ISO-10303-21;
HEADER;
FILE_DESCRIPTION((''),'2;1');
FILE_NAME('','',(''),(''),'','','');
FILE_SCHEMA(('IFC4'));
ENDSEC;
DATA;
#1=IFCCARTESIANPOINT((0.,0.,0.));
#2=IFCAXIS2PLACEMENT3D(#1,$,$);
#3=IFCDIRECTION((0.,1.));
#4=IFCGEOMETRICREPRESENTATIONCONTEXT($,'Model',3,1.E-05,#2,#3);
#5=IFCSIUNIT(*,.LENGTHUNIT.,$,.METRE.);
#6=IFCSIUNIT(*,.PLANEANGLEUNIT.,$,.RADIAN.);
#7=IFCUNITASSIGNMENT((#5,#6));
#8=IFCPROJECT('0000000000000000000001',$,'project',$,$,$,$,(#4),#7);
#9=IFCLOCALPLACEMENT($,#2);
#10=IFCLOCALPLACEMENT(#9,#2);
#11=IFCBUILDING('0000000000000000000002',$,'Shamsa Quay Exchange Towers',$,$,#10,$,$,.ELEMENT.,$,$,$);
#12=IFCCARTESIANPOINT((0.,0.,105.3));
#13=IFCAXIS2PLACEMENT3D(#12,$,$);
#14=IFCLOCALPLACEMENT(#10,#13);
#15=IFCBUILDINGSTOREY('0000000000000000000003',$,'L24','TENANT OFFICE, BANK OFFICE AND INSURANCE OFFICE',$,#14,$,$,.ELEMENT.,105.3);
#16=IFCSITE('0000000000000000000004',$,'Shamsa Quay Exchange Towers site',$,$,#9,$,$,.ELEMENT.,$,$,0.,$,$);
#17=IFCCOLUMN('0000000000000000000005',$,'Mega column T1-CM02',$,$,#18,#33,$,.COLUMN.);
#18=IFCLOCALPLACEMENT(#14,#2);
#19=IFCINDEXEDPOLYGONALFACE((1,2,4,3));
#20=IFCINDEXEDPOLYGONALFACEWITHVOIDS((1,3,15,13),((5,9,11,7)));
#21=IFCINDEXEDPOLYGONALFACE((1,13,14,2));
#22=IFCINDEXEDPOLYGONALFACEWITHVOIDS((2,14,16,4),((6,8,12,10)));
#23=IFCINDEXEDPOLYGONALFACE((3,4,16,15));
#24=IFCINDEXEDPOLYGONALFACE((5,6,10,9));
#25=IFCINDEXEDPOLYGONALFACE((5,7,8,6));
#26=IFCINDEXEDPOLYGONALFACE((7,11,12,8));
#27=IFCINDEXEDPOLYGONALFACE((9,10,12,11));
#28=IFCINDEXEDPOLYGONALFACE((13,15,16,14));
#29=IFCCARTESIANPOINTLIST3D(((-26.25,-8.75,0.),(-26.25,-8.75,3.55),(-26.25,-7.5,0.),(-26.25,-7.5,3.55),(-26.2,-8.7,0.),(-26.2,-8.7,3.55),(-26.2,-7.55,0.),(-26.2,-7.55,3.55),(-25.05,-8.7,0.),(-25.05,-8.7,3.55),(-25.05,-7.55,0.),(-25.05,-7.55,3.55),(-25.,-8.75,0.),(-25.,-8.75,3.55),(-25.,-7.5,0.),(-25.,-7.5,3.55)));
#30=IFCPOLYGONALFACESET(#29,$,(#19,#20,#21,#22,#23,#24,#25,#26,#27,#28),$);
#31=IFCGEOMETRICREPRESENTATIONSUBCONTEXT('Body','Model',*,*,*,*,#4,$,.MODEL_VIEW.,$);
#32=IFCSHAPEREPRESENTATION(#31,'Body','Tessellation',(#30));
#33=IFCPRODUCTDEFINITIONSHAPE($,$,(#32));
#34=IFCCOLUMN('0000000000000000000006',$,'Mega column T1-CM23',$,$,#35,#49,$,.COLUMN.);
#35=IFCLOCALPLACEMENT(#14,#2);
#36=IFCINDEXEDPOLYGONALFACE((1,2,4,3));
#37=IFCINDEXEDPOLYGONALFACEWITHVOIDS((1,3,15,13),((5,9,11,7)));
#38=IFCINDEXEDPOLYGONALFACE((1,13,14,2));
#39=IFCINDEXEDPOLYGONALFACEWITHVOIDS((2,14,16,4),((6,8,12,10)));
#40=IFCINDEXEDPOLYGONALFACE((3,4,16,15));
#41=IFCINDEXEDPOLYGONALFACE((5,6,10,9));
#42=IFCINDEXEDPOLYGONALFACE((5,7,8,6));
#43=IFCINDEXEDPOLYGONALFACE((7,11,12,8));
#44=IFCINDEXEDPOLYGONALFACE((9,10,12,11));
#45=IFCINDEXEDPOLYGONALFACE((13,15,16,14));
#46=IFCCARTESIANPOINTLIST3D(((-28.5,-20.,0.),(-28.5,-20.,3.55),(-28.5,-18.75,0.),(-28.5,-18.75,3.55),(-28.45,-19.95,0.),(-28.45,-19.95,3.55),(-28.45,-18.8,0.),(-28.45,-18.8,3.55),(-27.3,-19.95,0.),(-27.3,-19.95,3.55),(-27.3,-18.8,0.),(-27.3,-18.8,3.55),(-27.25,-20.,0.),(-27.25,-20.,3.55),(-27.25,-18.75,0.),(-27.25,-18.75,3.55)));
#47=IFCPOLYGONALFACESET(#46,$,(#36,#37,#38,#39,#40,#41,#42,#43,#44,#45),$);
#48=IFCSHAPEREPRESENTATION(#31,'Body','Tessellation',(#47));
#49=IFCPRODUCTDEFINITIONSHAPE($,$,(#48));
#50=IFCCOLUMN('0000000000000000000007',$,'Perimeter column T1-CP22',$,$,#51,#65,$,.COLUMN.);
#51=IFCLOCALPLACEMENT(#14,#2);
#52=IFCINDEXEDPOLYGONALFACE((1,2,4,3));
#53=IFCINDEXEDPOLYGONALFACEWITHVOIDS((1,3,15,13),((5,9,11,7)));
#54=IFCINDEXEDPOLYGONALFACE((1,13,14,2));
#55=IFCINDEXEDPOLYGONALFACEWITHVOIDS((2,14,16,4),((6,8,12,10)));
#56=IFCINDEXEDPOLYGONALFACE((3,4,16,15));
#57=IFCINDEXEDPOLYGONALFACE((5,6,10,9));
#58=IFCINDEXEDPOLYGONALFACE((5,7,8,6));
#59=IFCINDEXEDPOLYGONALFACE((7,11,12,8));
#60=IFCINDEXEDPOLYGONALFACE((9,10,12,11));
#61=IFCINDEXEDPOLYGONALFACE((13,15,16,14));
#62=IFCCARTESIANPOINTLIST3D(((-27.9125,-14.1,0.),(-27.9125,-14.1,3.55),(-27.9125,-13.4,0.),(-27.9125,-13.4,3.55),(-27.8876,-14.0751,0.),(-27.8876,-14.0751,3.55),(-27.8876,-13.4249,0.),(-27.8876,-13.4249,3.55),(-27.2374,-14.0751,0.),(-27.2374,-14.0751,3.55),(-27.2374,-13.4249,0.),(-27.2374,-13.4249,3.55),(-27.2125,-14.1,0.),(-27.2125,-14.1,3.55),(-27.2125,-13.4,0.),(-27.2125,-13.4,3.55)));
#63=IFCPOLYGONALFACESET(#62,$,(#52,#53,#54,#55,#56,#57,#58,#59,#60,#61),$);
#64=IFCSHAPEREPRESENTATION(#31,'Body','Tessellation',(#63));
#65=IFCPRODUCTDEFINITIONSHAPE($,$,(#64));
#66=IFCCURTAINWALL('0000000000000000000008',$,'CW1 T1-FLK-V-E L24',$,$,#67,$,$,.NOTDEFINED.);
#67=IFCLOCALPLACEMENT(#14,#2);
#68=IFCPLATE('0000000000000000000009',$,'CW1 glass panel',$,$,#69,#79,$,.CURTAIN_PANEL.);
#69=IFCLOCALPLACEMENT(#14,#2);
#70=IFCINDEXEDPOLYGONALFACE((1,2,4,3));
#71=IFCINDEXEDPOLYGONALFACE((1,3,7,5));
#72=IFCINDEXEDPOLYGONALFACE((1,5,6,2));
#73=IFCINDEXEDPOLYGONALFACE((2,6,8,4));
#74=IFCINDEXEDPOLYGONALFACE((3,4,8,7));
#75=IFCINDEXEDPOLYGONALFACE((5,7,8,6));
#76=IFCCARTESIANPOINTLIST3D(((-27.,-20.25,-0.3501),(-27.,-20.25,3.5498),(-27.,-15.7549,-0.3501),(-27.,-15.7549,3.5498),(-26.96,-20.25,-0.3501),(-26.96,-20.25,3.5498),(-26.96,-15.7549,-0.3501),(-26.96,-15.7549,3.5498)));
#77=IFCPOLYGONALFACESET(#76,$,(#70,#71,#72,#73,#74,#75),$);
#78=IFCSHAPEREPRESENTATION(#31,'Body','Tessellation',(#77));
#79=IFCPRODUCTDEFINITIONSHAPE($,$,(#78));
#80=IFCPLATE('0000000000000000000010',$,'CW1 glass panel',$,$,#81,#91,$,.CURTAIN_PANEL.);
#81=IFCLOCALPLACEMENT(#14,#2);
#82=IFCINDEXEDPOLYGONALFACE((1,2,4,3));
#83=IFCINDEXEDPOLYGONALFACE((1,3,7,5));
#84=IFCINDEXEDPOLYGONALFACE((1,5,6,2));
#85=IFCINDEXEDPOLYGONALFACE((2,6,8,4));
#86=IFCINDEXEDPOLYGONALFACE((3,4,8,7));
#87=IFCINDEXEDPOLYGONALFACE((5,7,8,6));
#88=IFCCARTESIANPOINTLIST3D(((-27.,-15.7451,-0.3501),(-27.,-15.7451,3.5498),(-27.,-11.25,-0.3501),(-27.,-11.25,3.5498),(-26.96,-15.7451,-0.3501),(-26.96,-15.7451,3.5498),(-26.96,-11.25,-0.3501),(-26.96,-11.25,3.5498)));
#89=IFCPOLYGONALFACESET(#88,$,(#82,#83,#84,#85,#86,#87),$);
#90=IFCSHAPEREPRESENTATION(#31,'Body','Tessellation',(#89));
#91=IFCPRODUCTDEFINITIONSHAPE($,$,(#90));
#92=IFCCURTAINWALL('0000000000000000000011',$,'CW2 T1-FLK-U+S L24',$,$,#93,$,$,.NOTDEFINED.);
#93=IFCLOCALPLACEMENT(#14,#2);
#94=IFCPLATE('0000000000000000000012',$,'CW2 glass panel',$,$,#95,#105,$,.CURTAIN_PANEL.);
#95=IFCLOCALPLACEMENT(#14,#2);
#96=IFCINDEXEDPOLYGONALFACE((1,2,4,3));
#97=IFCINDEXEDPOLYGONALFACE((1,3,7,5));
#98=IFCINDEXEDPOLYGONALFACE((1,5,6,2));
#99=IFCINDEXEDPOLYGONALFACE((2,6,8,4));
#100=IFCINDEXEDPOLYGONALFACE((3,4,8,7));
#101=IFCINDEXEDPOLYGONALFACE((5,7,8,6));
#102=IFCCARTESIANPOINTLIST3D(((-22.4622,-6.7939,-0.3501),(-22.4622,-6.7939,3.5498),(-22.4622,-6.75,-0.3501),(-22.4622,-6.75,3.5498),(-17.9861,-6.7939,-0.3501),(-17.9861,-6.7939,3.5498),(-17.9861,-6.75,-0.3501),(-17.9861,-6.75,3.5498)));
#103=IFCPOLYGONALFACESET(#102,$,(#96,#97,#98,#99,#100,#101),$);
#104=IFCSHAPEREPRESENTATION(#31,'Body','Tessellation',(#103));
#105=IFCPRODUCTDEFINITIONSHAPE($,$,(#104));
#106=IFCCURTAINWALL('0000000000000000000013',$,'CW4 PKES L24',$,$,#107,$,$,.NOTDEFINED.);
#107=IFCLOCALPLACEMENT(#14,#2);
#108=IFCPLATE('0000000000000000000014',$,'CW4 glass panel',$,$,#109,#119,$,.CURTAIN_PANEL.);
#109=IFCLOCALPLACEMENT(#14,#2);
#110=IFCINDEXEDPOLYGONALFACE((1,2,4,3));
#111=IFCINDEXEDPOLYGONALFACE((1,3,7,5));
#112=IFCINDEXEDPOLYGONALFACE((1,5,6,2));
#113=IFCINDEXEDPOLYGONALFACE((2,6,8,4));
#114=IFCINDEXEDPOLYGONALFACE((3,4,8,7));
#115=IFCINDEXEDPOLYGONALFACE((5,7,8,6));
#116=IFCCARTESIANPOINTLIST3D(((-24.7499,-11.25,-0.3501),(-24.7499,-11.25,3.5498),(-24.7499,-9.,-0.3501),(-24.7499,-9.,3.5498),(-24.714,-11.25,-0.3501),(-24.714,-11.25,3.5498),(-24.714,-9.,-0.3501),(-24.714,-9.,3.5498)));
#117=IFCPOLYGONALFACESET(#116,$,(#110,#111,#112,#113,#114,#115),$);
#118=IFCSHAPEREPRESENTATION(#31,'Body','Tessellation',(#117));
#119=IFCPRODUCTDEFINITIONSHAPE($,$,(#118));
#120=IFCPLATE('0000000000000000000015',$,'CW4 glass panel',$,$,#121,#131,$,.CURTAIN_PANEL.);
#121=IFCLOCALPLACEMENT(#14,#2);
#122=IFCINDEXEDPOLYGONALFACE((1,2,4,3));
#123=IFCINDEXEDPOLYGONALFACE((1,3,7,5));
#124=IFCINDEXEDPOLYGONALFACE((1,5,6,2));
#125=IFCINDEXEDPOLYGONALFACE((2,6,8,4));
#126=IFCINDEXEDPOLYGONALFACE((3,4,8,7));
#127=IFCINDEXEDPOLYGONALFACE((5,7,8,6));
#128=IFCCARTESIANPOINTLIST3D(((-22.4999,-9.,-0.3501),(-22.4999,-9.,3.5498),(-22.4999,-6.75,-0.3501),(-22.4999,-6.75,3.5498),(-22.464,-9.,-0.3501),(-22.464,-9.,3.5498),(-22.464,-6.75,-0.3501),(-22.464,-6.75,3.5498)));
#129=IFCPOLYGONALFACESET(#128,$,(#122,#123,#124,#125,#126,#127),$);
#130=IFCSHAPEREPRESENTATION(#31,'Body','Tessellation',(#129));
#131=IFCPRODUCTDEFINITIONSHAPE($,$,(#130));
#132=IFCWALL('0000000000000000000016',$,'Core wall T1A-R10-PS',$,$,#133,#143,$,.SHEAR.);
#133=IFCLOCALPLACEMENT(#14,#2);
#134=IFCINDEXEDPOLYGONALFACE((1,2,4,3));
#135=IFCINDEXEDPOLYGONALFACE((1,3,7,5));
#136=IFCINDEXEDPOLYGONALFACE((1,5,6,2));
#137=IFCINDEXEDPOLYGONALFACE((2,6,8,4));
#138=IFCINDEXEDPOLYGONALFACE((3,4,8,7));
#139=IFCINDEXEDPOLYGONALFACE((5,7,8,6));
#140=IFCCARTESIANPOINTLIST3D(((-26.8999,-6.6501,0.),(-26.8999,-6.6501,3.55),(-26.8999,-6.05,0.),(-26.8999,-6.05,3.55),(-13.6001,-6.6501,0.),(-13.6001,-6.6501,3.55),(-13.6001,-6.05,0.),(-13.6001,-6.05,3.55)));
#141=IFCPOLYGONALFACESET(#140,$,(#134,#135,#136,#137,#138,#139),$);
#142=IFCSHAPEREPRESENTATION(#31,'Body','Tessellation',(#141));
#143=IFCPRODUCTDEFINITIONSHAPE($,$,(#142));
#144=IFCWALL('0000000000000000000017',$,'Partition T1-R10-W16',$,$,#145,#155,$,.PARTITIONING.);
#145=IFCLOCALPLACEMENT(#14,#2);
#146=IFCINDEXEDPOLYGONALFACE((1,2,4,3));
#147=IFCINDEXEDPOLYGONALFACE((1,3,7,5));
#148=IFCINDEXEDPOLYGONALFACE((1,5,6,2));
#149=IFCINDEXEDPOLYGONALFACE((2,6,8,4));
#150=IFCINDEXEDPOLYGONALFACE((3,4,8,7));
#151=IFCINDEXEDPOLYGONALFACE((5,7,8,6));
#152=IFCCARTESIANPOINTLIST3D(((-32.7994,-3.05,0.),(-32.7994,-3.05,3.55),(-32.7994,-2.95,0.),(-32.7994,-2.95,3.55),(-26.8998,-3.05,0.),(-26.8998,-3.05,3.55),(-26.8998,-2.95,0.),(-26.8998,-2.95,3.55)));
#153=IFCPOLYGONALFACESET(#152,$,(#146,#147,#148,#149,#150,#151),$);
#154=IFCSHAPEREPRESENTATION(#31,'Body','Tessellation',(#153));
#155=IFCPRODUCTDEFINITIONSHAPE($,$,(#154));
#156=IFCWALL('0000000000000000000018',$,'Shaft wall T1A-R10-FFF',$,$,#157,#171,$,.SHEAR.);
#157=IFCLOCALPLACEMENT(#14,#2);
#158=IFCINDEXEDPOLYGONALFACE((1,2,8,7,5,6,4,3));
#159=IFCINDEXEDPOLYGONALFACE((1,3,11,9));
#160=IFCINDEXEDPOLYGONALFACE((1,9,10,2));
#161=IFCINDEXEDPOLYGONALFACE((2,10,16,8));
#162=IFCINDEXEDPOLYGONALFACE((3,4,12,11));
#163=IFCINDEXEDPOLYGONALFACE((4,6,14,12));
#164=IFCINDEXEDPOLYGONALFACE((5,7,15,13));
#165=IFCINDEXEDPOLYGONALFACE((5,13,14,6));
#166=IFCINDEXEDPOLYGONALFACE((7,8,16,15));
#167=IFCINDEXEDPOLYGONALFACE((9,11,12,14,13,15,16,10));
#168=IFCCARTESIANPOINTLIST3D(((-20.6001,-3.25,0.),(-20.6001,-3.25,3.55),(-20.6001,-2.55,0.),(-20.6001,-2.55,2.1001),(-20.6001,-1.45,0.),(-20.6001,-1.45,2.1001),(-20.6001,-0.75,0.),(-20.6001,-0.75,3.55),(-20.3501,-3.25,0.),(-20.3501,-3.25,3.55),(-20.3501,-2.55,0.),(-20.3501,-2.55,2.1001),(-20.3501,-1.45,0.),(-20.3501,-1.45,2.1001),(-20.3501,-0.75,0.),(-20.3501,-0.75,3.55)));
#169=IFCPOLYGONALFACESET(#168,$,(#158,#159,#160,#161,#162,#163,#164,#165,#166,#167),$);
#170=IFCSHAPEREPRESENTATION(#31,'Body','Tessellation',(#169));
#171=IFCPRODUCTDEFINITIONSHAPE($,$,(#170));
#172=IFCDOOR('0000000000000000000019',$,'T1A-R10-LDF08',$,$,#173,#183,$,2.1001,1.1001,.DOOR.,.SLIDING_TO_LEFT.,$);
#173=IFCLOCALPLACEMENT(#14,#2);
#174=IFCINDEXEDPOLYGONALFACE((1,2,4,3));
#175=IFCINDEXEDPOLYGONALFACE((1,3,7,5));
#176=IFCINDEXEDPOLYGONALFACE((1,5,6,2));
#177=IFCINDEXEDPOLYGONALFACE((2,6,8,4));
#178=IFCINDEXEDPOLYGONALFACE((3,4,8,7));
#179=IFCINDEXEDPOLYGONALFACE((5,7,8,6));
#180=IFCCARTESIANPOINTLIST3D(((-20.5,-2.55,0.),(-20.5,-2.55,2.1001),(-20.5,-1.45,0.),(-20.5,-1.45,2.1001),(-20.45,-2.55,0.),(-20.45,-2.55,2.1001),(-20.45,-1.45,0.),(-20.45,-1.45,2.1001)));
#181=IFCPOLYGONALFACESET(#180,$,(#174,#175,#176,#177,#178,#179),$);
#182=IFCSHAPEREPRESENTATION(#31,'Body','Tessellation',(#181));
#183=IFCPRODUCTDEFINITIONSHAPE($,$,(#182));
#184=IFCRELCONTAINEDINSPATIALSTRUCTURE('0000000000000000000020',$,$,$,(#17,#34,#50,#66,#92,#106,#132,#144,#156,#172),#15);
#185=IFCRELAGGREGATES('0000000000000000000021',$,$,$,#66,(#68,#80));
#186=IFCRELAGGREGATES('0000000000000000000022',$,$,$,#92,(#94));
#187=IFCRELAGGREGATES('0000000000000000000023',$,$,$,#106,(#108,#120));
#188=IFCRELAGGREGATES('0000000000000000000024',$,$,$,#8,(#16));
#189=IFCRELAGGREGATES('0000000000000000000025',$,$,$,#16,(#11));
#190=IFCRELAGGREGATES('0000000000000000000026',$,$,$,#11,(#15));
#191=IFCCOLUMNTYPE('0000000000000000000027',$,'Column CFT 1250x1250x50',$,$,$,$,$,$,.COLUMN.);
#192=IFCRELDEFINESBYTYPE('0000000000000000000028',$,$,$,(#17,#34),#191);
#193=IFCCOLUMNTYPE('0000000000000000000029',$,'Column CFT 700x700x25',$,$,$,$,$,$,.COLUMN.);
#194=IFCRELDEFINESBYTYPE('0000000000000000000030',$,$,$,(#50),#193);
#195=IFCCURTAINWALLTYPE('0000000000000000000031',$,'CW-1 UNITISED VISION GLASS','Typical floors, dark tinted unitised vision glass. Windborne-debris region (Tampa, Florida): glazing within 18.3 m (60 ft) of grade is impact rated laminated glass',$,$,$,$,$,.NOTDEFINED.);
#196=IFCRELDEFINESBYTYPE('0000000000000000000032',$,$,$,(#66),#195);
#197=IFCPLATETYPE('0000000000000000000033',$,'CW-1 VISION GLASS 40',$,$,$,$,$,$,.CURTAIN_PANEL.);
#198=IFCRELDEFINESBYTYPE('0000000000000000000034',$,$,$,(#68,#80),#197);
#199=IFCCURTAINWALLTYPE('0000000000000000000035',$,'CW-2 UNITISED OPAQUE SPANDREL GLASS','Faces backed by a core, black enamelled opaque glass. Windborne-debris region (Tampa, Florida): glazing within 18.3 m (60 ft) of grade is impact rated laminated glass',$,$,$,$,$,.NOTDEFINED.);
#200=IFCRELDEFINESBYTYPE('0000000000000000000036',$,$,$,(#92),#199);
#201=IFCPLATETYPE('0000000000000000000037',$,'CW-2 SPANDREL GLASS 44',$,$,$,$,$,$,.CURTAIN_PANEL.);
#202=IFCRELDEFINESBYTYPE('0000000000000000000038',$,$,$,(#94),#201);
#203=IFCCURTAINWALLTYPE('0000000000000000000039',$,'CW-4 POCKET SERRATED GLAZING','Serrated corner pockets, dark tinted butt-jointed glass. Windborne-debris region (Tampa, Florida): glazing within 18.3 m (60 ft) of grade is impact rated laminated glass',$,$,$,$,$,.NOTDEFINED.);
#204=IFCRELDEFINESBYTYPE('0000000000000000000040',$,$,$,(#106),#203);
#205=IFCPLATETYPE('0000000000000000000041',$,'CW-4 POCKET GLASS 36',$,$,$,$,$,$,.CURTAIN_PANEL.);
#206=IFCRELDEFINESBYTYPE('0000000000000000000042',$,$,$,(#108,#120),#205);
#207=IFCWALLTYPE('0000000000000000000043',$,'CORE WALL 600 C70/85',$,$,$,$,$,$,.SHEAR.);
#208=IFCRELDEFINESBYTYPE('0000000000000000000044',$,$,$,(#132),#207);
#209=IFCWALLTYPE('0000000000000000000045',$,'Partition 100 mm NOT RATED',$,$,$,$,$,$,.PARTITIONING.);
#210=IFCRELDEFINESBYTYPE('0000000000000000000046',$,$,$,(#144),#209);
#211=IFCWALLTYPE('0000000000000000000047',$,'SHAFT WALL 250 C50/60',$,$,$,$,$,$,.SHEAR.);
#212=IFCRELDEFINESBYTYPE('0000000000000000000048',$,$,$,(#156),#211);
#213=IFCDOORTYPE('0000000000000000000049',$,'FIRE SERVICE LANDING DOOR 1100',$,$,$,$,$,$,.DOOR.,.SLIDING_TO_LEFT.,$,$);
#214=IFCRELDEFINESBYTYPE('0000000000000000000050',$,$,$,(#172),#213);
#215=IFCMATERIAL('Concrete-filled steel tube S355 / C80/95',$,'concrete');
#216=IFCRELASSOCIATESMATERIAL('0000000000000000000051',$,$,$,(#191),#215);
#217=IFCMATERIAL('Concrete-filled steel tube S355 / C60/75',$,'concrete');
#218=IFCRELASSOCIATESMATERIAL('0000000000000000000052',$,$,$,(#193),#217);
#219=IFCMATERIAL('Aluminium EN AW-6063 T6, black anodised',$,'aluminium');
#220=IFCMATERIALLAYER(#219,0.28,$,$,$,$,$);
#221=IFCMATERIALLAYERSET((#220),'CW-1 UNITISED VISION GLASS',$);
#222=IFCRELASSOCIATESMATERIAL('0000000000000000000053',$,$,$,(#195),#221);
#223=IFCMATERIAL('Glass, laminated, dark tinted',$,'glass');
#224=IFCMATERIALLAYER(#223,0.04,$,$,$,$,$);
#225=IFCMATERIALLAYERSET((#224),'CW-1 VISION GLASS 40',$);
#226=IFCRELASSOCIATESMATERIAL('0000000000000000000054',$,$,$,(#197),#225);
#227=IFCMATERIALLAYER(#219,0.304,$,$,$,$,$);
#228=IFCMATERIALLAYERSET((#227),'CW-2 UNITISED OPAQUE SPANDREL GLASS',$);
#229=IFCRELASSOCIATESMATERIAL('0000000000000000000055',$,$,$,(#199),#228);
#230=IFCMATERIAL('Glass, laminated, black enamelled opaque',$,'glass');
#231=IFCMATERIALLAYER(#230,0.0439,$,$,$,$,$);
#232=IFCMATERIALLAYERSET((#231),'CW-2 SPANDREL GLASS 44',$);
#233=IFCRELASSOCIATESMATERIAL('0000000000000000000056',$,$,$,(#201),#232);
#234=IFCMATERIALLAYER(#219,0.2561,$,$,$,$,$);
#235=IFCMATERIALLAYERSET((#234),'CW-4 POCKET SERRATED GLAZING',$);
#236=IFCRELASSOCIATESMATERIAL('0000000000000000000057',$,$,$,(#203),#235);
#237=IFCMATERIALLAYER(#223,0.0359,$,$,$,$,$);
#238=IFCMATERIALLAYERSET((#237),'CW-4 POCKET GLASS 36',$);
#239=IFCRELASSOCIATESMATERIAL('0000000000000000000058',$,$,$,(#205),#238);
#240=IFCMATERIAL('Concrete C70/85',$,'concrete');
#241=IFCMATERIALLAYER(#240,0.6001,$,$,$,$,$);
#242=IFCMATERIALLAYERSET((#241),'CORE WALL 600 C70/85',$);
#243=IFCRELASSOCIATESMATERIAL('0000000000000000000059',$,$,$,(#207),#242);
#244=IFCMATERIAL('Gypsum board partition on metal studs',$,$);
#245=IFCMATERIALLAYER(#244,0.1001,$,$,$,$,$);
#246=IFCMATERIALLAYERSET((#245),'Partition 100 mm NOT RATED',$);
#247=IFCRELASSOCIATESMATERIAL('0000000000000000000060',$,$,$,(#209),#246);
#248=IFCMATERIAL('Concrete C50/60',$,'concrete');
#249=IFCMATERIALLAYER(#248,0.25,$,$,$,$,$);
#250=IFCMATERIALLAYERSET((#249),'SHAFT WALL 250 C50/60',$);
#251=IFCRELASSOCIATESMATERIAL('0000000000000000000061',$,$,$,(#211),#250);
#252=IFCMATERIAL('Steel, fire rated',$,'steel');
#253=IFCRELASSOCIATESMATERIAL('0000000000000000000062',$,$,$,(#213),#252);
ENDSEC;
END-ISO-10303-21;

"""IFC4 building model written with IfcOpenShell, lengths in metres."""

from ifc_helpers import new_model, si_unit, direction, frame, frame_2d, origin, origin_2d, place, context, subcontext, project, spatial, rectangle, hollow_rectangle, extrude, material, layer, layer_set, material_profile, profile_set, type_object, element, fill, aggregate, save


model = new_model("IFC4")

# Units and contexts
model_context = context("Model", 3, precision=1e-05, world=origin(), true_north=direction((0.0, 1.0)))
body_context = subcontext(model_context, "Body", "Model", "MODEL_VIEW")
ifc_project = project(units=[si_unit("LENGTHUNIT", "METRE"), si_unit("PLANEANGLEUNIT", "RADIAN")], contexts=[model_context])

# Site, building, storey
site_placement = place(None, origin())
site = spatial("IfcSite", under=ifc_project, at=site_placement, Name="Shamsa Quay Exchange Towers site", CompositionType="ELEMENT", RefElevation=0.0)
building_placement = place(site_placement, origin())
building = spatial("IfcBuilding", under=site, at=building_placement, Name="Shamsa Quay Exchange Towers", CompositionType="ELEMENT")
storey_placement = place(building_placement, frame((0.0, 0.0, 105.3)))
storey = spatial("IfcBuildingStorey", under=building, at=storey_placement, Name="L24", Description="TENANT OFFICE, BANK OFFICE AND INSURANCE OFFICE", CompositionType="ELEMENT", Elevation=105.3)

# Columns
ifc_material_1 = material(Name="Concrete-filled steel tube S355 / C80/95", Category="concrete")
ifc_material_profile_1 = material_profile(ifc_material_1, hollow_rectangle(XDim=1.25, YDim=1.25, WallThickness=0.05, at=origin_2d()), Name="CFT 1250x1250x50")
ifc_profile_set_1 = profile_set([ifc_material_profile_1], Name="Concrete-filled steel tube S355 / C80/95")
column_type_1 = type_object("IfcColumnType", Name="Column CFT 1250x1250x50", PredefinedType="COLUMN", material=ifc_profile_set_1)
for number, where, name in (
    (1, (-25.625, -8.125, 0.0), "Mega column T1-CM02"),
    (2, (-27.875, -19.375, 0.0), "Mega column T1-CM23"),
):
    element("IfcColumn", number, at=place(storey_placement, frame(where)), inside=storey, type_object=column_type_1, Name=name, PredefinedType="COLUMN", context=body_context, shape_type="SweptSolid", body=[
        extrude(hollow_rectangle(XDim=1.25, YDim=1.25, WallThickness=0.05, at=origin_2d()), origin(), (0.0, 0.0, 1.0), 3.55),
    ])
ifc_material_2 = material(Name="Concrete-filled steel tube S355 / C60/75", Category="concrete")
ifc_material_profile_2 = material_profile(ifc_material_2, hollow_rectangle(XDim=0.7, YDim=0.7, WallThickness=0.0249, at=origin_2d()), Name="CFT 700x700x25")
ifc_profile_set_2 = profile_set([ifc_material_profile_2], Name="Concrete-filled steel tube S355 / C60/75")
column_type_2 = type_object("IfcColumnType", Name="Column CFT 700x700x25", PredefinedType="COLUMN", material=ifc_profile_set_2)
column_placement = place(storey_placement, frame((-27.5625, -13.75, 0.0)))
element("IfcColumn", 3, at=column_placement, inside=storey, type_object=column_type_2, Name="Perimeter column T1-CP22", PredefinedType="COLUMN", context=body_context, shape_type="SweptSolid", body=[
    extrude(hollow_rectangle(XDim=0.7, YDim=0.7, WallThickness=0.0249, at=origin_2d()), origin(), (0.0, 0.0, 1.0), 3.55),
])

# Curtain wall, plates
ifc_material_3 = material(Name="Aluminium EN AW-6063 T6, black anodised", Category="aluminium")
ifc_layer_1 = layer(ifc_material_3, 0.28)
ifc_layer_set_1 = layer_set([ifc_layer_1], Name="CW-1 UNITISED VISION GLASS")
curtain_wall_type_1 = type_object("IfcCurtainWallType", Name="CW-1 UNITISED VISION GLASS", Description="Typical floors, dark tinted unitised vision glass. Windborne-debris region (Tampa, Florida): glazing within 18.3 m (60 ft) of grade is impact rated laminated glass", PredefinedType="NOTDEFINED", material=ifc_layer_set_1)
curtain_wall_1_placement = place(storey_placement, origin())
curtain_wall_1 = element("IfcCurtainWall", 4, at=curtain_wall_1_placement, inside=storey, type_object=curtain_wall_type_1, Name="CW1 T1-FLK-V-E L24", PredefinedType="NOTDEFINED")
ifc_material_4 = material(Name="Glass, laminated, dark tinted", Category="glass")
ifc_layer_2 = layer(ifc_material_4, 0.04)
ifc_layer_set_2 = layer_set([ifc_layer_2], Name="CW-1 VISION GLASS 40")
plate_type_1 = type_object("IfcPlateType", Name="CW-1 VISION GLASS 40", PredefinedType="CURTAIN_PANEL", material=ifc_layer_set_2)
plate_1_placement = place(storey_placement, frame((-26.98, -18.0024, -0.3501), z_axis=(0.0, 0.0, 1.0), x_axis=(0.0, 1.0, 0.0)))
plate_1 = element("IfcPlate", 5, at=plate_1_placement, type_object=plate_type_1, Name="CW1 glass panel", PredefinedType="CURTAIN_PANEL", context=body_context, shape_type="SweptSolid", body=[
    extrude(rectangle(XDim=4.4951, YDim=0.04, at=origin_2d()), origin(), (0.0, 0.0, 1.0), 3.8999),
])
plate_2_placement = place(storey_placement, frame((-26.98, -13.4976, -0.3501), z_axis=(0.0, 0.0, 1.0), x_axis=(0.0, 1.0, 0.0)))
plate_2 = element("IfcPlate", 6, at=plate_2_placement, type_object=plate_type_1, Name="CW1 glass panel", PredefinedType="CURTAIN_PANEL", context=body_context, shape_type="SweptSolid", body=[
    extrude(rectangle(XDim=4.4951, YDim=0.04, at=origin_2d()), origin(), (0.0, 0.0, 1.0), 3.8999),
])
aggregate(curtain_wall_1, [plate_1, plate_2])

# Curtain wall, plate
ifc_layer_3 = layer(ifc_material_3, 0.304)
ifc_layer_set_3 = layer_set([ifc_layer_3], Name="CW-2 UNITISED OPAQUE SPANDREL GLASS")
curtain_wall_type_2 = type_object("IfcCurtainWallType", Name="CW-2 UNITISED OPAQUE SPANDREL GLASS", Description="Faces backed by a core, black enamelled opaque glass. Windborne-debris region (Tampa, Florida): glazing within 18.3 m (60 ft) of grade is impact rated laminated glass", PredefinedType="NOTDEFINED", material=ifc_layer_set_3)
curtain_wall_2_placement = place(storey_placement, origin())
curtain_wall_2 = element("IfcCurtainWall", 7, at=curtain_wall_2_placement, inside=storey, type_object=curtain_wall_type_2, Name="CW2 T1-FLK-U+S L24", PredefinedType="NOTDEFINED")
ifc_material_5 = material(Name="Glass, laminated, black enamelled opaque", Category="glass")
ifc_layer_4 = layer(ifc_material_5, 0.0439)
ifc_layer_set_4 = layer_set([ifc_layer_4], Name="CW-2 SPANDREL GLASS 44")
plate_type_2 = type_object("IfcPlateType", Name="CW-2 SPANDREL GLASS 44", PredefinedType="CURTAIN_PANEL", material=ifc_layer_set_4)
plate_3_placement = place(storey_placement, frame((-20.2241, -6.772, -0.3501)))
plate_3 = element("IfcPlate", 8, at=plate_3_placement, type_object=plate_type_2, Name="CW2 glass panel", PredefinedType="CURTAIN_PANEL", context=body_context, shape_type="SweptSolid", body=[
    extrude(rectangle(XDim=4.4761, YDim=0.0439, at=origin_2d()), origin(), (0.0, 0.0, 1.0), 3.8999),
])
aggregate(curtain_wall_2, [plate_3])

# Curtain wall, plates
ifc_layer_5 = layer(ifc_material_3, 0.2561)
ifc_layer_set_5 = layer_set([ifc_layer_5], Name="CW-4 POCKET SERRATED GLAZING")
curtain_wall_type_3 = type_object("IfcCurtainWallType", Name="CW-4 POCKET SERRATED GLAZING", Description="Serrated corner pockets, dark tinted butt-jointed glass. Windborne-debris region (Tampa, Florida): glazing within 18.3 m (60 ft) of grade is impact rated laminated glass", PredefinedType="NOTDEFINED", material=ifc_layer_set_5)
curtain_wall_3_placement = place(storey_placement, origin())
curtain_wall_3 = element("IfcCurtainWall", 9, at=curtain_wall_3_placement, inside=storey, type_object=curtain_wall_type_3, Name="CW4 PKES L24", PredefinedType="NOTDEFINED")
ifc_layer_6 = layer(ifc_material_4, 0.0359)
ifc_layer_set_6 = layer_set([ifc_layer_6], Name="CW-4 POCKET GLASS 36")
plate_type_3 = type_object("IfcPlateType", Name="CW-4 POCKET GLASS 36", PredefinedType="CURTAIN_PANEL", material=ifc_layer_set_6)
plate_4_placement = place(storey_placement, frame((-24.7319, -10.125, -0.3501), z_axis=(0.0, 0.0, 1.0), x_axis=(0.0, 1.0, 0.0)))
plate_4 = element("IfcPlate", 10, at=plate_4_placement, type_object=plate_type_3, Name="CW4 glass panel", PredefinedType="CURTAIN_PANEL", context=body_context, shape_type="SweptSolid", body=[
    extrude(rectangle(XDim=2.25, YDim=0.0359, at=origin_2d()), origin(), (0.0, 0.0, 1.0), 3.8999),
])
plate_5_placement = place(storey_placement, frame((-22.4819, -7.875, -0.3501), z_axis=(0.0, 0.0, 1.0), x_axis=(0.0, 1.0, 0.0)))
plate_5 = element("IfcPlate", 11, at=plate_5_placement, type_object=plate_type_3, Name="CW4 glass panel", PredefinedType="CURTAIN_PANEL", context=body_context, shape_type="SweptSolid", body=[
    extrude(rectangle(XDim=2.25, YDim=0.0359, at=origin_2d()), origin(), (0.0, 0.0, 1.0), 3.8999),
])
aggregate(curtain_wall_3, [plate_4, plate_5])

# Walls
ifc_material_6 = material(Name="Concrete C70/85", Category="concrete")
ifc_layer_7 = layer(ifc_material_6, 0.6001)
ifc_layer_set_7 = layer_set([ifc_layer_7], Name="CORE WALL 600 C70/85")
wall_type_1 = type_object("IfcWallType", Name="CORE WALL 600 C70/85", PredefinedType="SHEAR", material=ifc_layer_set_7)
wall_1_placement = place(storey_placement, frame((-26.8999, -6.3501, 0.0)))
element("IfcWall", 12, at=wall_1_placement, inside=storey, type_object=wall_type_1, Name="Core wall T1A-R10-PS", PredefinedType="SHEAR", context=body_context, shape_type="SweptSolid", body=[
    extrude(rectangle(XDim=13.2998, YDim=0.6001, at=frame_2d((6.6499, 0.0))), origin(), (0.0, 0.0, 1.0), 3.55),
])
ifc_material_7 = material(Name="Gypsum board partition on metal studs")
ifc_layer_8 = layer(ifc_material_7, 0.1001)
ifc_layer_set_8 = layer_set([ifc_layer_8], Name="Partition 100 mm NOT RATED")
wall_type_2 = type_object("IfcWallType", Name="Partition 100 mm NOT RATED", PredefinedType="PARTITIONING", material=ifc_layer_set_8)
wall_2_placement = place(storey_placement, frame((-26.8999, -3.0, 0.0), z_axis=(0.0, 0.0, 1.0), x_axis=(-1.0, 0.0, 0.0)))
element("IfcWall", 13, at=wall_2_placement, inside=storey, type_object=wall_type_2, Name="Partition T1-R10-W16", PredefinedType="PARTITIONING", context=body_context, shape_type="SweptSolid", body=[
    extrude(rectangle(XDim=5.8997, YDim=0.1001, at=frame_2d((2.9497, 0.0))), origin(), (0.0, 0.0, 1.0), 3.55),
])

# Wall, opening, door
ifc_material_8 = material(Name="Concrete C50/60", Category="concrete")
ifc_layer_9 = layer(ifc_material_8, 0.25)
ifc_layer_set_9 = layer_set([ifc_layer_9], Name="SHAFT WALL 250 C50/60")
wall_type_3 = type_object("IfcWallType", Name="SHAFT WALL 250 C50/60", PredefinedType="SHEAR", material=ifc_layer_set_9)
wall_3_placement = place(storey_placement, frame((-20.4751, -3.25, 0.0), z_axis=(0.0, 0.0, 1.0), x_axis=(0.0, 1.0, 0.0)))
wall_3 = element("IfcWall", 14, at=wall_3_placement, inside=storey, type_object=wall_type_3, Name="Shaft wall T1A-R10-FFF", PredefinedType="SHEAR", context=body_context, shape_type="SweptSolid", body=[
    extrude(rectangle(XDim=2.5, YDim=0.25, at=frame_2d((1.25, 0.0))), origin(), (0.0, 0.0, 1.0), 3.55),
])
opening_1_placement = place(wall_3_placement, frame((0.7, 0.0, 0.0)))
opening_1 = element("IfcOpeningElement", 15, at=opening_1_placement, cuts=wall_3, PredefinedType="OPENING", context=body_context, shape_type="SweptSolid", body=[
    extrude(rectangle(XDim=1.1001, YDim=2.1001, at=frame_2d((0.55, 1.05))), frame((0.0, 0.135, 0.0), z_axis=(0.0, -1.0, 0.0), x_axis=(1.0, 0.0, 0.0)), (0.0, 0.0, 1.0), 0.27),
])
ifc_material_9 = material(Name="Steel, fire rated", Category="steel")
door_type_1 = type_object("IfcDoorType", Name="FIRE SERVICE LANDING DOOR 1100", OperationType="SLIDING_TO_LEFT", PredefinedType="DOOR", material=ifc_material_9)
door_1_placement = place(opening_1_placement, origin())
door_1 = element("IfcDoor", 16, at=door_1_placement, inside=storey, type_object=door_type_1, Name="T1A-R10-LDF08", OperationType="SLIDING_TO_LEFT", OverallHeight=2.1001, OverallWidth=1.1001, PredefinedType="DOOR", context=body_context, shape_type="SweptSolid", body=[
    extrude(rectangle(XDim=1.1001, YDim=2.1001, at=frame_2d((0.55, 1.05))), frame((0.0, 0.0249, 0.0), z_axis=(0.0, -1.0, 0.0), x_axis=(1.0, 0.0, 0.0)), (0.0, 0.0, 1.0), 0.05),
])
fill(opening_1, door_1)

save(model, "model.ifc")
